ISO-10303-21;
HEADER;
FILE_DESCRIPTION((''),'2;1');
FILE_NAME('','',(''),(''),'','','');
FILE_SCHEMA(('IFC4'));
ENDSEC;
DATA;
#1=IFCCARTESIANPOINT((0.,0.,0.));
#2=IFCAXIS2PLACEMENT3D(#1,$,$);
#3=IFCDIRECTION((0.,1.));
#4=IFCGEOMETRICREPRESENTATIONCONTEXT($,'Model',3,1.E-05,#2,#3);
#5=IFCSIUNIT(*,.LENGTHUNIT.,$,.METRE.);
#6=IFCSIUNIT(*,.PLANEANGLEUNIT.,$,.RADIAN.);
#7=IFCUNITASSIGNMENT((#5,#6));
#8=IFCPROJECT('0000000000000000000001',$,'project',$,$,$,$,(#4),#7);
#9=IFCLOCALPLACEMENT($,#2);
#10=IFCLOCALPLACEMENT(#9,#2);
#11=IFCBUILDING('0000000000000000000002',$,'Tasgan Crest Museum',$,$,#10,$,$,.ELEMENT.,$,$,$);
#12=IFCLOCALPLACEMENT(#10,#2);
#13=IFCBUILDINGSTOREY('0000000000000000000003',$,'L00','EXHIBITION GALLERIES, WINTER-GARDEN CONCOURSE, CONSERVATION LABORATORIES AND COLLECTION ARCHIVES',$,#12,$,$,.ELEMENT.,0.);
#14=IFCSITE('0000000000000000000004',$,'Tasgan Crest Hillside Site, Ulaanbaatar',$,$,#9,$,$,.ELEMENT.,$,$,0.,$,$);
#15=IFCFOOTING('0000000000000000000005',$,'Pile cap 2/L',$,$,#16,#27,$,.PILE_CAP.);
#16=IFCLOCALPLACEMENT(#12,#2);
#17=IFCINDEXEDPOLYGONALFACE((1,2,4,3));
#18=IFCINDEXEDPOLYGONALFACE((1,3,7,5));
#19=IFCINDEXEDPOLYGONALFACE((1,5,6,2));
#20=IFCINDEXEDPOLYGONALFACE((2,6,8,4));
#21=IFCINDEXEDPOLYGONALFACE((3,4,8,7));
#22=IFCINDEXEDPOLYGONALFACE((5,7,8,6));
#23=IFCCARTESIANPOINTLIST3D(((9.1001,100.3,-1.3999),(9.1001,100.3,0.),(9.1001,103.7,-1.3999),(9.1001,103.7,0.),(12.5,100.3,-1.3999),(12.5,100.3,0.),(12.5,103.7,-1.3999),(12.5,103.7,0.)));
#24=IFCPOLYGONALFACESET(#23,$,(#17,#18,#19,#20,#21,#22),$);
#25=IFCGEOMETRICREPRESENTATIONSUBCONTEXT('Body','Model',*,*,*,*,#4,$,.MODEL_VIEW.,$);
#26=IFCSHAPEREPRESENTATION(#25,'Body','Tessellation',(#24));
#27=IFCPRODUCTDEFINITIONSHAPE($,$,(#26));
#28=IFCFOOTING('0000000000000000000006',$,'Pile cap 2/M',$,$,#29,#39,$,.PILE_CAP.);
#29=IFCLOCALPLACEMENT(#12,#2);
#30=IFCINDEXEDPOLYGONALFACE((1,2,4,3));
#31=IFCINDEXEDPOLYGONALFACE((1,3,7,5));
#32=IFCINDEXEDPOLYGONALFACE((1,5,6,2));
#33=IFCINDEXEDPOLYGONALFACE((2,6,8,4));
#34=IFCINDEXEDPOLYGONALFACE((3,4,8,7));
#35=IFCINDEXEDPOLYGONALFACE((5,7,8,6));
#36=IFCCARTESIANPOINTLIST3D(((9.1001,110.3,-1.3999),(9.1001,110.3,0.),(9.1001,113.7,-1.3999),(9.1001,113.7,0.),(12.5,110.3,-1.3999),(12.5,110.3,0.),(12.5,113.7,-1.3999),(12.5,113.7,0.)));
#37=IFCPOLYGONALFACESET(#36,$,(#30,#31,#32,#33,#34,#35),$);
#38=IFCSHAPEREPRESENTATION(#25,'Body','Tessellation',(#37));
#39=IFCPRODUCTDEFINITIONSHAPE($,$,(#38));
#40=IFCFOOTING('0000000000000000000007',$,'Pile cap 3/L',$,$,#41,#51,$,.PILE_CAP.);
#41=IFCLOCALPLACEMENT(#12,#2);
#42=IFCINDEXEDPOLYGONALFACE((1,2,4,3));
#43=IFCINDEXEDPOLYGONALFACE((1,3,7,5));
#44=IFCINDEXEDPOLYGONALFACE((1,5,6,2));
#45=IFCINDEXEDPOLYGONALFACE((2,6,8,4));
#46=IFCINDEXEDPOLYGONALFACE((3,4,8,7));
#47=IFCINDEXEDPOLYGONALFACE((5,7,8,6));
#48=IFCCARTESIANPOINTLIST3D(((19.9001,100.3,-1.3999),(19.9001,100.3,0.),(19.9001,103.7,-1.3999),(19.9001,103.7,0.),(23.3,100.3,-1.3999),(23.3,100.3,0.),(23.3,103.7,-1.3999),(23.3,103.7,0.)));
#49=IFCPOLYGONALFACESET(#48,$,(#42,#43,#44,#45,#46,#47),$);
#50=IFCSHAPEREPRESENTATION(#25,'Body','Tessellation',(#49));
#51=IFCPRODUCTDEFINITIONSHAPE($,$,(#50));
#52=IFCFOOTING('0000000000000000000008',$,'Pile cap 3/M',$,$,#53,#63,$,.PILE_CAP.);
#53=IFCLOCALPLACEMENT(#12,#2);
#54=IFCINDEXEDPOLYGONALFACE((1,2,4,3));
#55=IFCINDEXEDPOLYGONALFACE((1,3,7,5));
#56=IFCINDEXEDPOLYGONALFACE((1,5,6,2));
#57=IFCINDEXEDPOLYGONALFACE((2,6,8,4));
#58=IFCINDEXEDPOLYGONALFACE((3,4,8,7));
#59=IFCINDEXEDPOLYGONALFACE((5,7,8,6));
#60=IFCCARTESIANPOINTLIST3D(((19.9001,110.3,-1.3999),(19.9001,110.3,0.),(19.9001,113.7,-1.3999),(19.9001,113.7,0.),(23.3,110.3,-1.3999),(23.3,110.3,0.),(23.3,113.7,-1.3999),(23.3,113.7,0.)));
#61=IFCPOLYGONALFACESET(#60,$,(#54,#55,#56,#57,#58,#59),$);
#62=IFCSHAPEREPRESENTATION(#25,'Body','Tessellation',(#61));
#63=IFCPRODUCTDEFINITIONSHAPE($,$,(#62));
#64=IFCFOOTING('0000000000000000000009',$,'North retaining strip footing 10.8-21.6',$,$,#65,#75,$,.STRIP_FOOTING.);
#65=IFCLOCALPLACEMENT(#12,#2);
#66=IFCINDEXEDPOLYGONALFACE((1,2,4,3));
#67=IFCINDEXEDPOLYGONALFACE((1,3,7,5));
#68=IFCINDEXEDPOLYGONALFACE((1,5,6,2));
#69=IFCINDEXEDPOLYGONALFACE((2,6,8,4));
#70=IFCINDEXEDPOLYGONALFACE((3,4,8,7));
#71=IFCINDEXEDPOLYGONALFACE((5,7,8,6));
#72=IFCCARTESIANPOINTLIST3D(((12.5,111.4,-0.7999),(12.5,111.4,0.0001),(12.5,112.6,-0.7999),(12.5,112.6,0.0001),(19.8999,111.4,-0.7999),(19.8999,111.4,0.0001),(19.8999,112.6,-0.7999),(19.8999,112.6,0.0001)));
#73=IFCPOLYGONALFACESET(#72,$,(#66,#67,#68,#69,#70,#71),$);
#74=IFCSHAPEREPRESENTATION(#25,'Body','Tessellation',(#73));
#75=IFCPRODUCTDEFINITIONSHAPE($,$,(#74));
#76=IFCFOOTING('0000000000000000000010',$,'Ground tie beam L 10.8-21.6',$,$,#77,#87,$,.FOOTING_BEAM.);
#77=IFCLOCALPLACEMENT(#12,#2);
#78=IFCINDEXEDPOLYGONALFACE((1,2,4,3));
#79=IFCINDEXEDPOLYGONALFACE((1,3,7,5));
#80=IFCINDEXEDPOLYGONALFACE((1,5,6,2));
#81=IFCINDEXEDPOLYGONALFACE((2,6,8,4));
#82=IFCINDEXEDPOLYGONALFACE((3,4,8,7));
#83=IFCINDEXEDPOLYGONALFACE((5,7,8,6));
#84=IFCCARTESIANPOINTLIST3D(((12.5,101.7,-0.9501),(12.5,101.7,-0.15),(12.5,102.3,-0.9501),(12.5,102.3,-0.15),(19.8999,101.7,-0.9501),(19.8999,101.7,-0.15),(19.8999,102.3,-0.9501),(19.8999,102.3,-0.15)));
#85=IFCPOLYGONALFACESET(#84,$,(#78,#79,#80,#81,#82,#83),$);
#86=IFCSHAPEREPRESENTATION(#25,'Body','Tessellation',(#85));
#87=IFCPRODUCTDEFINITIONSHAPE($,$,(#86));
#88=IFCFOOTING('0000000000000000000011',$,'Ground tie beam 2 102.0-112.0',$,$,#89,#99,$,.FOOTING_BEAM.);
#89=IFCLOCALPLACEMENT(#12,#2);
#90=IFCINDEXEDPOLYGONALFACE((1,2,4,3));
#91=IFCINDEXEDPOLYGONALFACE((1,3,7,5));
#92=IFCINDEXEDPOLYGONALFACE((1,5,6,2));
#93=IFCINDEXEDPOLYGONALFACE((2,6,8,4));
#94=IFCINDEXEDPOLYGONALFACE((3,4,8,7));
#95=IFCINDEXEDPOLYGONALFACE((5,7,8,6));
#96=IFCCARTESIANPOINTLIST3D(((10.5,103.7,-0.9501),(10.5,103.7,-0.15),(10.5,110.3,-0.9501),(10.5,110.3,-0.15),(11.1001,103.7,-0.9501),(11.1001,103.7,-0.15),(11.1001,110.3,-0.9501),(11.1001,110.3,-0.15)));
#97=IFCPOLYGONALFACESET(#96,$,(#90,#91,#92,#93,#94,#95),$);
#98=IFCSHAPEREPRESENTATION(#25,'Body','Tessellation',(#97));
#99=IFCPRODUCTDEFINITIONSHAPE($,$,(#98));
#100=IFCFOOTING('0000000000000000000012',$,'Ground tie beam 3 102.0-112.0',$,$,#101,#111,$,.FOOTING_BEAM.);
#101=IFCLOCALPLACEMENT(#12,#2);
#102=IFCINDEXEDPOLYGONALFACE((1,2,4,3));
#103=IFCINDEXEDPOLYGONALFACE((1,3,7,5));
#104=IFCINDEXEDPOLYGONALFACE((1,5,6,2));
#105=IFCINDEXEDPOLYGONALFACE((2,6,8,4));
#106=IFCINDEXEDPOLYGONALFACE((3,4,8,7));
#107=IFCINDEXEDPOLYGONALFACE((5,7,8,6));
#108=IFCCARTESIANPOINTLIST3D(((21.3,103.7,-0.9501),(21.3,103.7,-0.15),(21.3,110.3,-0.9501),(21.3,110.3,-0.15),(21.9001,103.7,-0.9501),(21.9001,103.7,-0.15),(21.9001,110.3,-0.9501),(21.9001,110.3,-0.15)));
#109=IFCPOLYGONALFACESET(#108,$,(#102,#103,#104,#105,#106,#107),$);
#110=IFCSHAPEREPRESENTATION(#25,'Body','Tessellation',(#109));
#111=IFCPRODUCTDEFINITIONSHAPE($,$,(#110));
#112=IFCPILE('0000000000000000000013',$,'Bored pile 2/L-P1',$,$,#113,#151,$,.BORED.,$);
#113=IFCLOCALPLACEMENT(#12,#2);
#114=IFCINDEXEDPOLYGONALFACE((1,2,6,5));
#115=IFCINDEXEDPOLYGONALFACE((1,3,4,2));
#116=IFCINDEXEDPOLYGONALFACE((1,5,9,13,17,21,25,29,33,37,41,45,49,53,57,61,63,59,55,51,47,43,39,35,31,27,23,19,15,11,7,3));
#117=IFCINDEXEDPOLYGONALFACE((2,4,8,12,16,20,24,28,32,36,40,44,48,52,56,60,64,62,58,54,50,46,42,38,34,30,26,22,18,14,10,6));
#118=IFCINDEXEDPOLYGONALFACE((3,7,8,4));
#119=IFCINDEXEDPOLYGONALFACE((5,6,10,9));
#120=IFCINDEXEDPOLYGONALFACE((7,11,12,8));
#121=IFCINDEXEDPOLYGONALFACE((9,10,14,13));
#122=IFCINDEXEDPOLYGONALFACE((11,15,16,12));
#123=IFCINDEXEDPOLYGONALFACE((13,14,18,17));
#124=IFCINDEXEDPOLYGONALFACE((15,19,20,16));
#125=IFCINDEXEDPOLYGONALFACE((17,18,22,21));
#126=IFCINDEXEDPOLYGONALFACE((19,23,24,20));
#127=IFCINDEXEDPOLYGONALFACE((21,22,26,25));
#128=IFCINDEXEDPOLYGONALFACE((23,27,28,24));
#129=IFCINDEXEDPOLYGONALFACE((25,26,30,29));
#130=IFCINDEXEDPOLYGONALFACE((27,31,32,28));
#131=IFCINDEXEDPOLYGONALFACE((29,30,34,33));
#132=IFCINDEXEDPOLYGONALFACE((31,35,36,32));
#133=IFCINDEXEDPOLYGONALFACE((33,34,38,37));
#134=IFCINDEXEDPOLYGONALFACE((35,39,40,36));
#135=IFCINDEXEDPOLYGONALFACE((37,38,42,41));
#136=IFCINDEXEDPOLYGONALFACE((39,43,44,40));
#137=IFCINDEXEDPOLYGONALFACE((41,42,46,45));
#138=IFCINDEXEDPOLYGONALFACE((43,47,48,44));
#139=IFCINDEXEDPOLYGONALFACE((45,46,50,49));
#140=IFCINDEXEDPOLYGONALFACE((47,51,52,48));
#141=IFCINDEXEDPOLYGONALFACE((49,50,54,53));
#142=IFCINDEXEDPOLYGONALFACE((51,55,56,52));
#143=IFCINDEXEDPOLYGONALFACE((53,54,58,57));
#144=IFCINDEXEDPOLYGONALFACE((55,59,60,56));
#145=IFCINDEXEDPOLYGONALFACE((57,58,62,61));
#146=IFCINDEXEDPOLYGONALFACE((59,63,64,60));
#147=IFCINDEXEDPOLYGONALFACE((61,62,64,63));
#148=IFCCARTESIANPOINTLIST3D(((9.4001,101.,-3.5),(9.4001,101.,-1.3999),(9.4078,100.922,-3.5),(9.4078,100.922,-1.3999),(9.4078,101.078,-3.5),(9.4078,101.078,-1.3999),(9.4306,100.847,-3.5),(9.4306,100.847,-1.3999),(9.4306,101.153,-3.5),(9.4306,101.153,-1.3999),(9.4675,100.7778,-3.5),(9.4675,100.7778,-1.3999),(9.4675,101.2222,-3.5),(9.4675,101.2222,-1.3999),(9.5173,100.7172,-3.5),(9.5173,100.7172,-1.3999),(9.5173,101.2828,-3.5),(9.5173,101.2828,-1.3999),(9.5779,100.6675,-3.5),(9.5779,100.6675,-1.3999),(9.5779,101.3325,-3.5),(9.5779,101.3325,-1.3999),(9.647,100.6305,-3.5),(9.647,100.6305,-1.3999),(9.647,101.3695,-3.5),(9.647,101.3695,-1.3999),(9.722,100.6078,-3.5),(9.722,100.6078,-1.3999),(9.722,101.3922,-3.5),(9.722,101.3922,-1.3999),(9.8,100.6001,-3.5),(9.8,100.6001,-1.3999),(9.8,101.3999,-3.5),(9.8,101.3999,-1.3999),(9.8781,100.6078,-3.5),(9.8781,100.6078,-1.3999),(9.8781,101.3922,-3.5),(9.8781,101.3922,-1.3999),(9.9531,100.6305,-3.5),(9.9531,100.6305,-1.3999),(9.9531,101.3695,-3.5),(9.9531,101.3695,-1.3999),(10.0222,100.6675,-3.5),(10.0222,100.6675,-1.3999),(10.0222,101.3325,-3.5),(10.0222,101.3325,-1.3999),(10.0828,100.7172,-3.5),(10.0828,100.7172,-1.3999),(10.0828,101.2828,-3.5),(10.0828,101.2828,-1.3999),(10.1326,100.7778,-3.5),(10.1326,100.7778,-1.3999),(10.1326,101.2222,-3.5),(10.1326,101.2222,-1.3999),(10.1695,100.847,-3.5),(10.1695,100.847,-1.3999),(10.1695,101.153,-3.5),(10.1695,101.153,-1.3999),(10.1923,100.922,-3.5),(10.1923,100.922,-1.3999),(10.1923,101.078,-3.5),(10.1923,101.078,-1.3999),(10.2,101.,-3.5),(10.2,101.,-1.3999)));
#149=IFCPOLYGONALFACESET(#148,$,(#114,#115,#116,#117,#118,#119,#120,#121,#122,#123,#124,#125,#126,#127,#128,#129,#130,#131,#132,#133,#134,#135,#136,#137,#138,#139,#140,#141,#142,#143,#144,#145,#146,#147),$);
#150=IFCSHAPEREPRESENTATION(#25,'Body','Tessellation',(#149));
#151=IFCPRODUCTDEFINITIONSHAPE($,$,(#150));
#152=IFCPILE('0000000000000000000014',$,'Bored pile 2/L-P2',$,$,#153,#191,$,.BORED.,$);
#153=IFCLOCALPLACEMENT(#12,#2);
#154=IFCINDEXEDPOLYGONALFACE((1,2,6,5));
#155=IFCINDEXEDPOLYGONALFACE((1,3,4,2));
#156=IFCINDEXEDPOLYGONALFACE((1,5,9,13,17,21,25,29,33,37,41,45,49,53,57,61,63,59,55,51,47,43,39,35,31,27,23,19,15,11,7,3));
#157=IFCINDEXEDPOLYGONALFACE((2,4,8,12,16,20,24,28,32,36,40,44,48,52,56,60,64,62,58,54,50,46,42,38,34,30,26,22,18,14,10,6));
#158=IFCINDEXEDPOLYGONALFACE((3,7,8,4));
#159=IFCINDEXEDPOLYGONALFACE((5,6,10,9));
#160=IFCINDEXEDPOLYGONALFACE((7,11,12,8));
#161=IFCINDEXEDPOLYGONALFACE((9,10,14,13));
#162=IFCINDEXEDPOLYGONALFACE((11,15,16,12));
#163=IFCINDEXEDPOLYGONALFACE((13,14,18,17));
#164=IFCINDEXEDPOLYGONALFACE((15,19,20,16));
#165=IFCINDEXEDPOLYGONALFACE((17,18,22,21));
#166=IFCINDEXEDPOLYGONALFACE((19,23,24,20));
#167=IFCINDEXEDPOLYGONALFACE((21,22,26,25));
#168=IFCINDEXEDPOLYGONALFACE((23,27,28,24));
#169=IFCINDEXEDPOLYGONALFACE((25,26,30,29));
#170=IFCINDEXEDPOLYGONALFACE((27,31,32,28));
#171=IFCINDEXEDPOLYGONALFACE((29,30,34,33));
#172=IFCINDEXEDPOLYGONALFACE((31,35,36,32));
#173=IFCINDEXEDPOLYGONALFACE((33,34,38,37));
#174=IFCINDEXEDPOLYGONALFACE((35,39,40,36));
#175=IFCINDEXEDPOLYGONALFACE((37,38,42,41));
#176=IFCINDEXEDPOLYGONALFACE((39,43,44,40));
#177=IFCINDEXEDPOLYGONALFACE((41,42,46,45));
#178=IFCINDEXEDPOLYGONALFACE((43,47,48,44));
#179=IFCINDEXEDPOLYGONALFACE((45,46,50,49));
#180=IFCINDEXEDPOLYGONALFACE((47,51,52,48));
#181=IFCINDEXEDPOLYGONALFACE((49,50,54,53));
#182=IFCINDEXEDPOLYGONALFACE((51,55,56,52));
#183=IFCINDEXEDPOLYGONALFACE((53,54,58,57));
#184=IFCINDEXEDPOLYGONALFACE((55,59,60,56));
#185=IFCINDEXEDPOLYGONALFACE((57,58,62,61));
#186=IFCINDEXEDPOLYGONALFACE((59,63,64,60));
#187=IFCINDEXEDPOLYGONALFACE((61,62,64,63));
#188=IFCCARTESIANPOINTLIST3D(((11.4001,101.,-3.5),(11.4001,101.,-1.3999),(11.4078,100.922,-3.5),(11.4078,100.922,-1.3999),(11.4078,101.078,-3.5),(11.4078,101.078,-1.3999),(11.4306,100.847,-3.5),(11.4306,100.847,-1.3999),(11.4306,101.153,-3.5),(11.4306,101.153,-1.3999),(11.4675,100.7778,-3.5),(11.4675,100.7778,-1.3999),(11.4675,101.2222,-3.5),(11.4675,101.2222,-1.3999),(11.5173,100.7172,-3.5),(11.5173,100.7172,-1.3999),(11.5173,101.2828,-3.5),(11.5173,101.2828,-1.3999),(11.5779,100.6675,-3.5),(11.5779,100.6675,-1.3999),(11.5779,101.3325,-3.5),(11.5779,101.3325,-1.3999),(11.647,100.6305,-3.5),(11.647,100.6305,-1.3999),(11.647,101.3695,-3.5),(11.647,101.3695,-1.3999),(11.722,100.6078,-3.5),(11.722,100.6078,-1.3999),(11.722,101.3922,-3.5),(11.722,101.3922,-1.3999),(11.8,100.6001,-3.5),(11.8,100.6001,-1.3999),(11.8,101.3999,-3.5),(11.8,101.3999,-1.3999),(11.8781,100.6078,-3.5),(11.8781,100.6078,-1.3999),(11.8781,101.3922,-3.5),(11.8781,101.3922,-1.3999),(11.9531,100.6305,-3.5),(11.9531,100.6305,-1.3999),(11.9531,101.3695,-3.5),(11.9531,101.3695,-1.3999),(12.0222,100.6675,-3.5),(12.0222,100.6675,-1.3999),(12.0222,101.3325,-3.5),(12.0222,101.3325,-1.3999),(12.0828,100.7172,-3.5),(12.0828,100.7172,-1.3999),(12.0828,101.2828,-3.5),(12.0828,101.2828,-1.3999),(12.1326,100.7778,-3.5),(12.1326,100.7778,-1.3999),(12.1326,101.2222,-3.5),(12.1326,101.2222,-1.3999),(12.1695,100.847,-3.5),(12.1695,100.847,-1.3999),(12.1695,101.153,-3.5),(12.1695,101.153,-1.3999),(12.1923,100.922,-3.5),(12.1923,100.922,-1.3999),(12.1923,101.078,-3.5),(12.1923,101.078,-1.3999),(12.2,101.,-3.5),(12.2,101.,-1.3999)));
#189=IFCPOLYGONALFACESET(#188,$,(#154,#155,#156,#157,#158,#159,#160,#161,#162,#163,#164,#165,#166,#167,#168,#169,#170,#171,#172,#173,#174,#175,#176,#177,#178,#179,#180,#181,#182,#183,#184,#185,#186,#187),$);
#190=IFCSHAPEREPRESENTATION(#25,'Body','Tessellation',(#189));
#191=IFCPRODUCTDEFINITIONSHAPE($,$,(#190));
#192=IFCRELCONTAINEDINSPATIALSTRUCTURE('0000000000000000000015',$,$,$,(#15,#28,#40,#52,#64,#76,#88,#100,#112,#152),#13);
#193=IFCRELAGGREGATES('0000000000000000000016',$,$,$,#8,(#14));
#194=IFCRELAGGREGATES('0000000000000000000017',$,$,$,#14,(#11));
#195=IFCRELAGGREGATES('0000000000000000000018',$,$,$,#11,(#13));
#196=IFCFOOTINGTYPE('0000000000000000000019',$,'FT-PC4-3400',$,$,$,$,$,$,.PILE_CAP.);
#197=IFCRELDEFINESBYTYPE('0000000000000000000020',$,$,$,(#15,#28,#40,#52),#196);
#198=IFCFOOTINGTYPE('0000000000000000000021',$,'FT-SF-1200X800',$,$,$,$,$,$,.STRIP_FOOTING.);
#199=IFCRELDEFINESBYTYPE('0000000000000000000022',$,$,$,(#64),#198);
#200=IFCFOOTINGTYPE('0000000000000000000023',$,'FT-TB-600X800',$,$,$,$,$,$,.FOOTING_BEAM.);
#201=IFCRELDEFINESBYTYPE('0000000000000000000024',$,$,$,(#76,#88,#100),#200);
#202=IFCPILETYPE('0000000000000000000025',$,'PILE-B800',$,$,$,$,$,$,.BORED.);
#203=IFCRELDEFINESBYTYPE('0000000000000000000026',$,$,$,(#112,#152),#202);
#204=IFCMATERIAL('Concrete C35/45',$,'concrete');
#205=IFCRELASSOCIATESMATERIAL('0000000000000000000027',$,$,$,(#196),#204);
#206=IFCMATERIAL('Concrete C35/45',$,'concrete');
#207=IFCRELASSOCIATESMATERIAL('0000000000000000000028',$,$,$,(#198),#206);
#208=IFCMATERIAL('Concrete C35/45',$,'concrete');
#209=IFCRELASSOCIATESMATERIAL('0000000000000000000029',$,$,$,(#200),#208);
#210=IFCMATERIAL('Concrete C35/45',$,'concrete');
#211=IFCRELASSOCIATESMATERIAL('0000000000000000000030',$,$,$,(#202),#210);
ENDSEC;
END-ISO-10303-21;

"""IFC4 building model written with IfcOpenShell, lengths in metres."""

from ifc_helpers import new_model, si_unit, direction, frame, origin, origin_2d, place, context, subcontext, project, spatial, rectangle, circle, extrude, material, material_profile, profile_set, type_object, element, save


model = new_model("IFC4")

# Units and contexts
model_context = context("Model", 3, precision=1e-05, world=origin(), true_north=direction((0.0, 1.0)))
body_context = subcontext(model_context, "Body", "Model", "MODEL_VIEW")
ifc_project = project(units=[si_unit("LENGTHUNIT", "METRE"), si_unit("PLANEANGLEUNIT", "RADIAN")], contexts=[model_context])

# Site, building, storey
site_placement = place(None, origin())
site = spatial("IfcSite", under=ifc_project, at=site_placement, Name="Tasgan Crest Hillside Site, Ulaanbaatar", CompositionType="ELEMENT", RefElevation=0.0)
building_placement = place(site_placement, origin())
building = spatial("IfcBuilding", under=site, at=building_placement, Name="Tasgan Crest Museum", CompositionType="ELEMENT")
storey_placement = place(building_placement, origin())
storey = spatial("IfcBuildingStorey", under=building, at=storey_placement, Name="L00", Description="EXHIBITION GALLERIES, WINTER-GARDEN CONCOURSE, CONSERVATION LABORATORIES AND COLLECTION ARCHIVES", CompositionType="ELEMENT", Elevation=0.0)

# Footings
ifc_material_1 = material(Name="Concrete C35/45", Category="concrete")
footing_type_1 = type_object("IfcFootingType", Name="FT-PC4-3400", PredefinedType="PILE_CAP", material=ifc_material_1)
for number, where, z_axis, x_axis, name in (
    (1, (10.8, 102.0, -1.3999), (0.0, 0.0, 1.0), (1.0, 0.0, 0.0), "Pile cap 2/L"),
    (2, (10.8, 112.0, -1.3999), (0.0, 0.0, 1.0), (1.0, 0.0, 0.0), "Pile cap 2/M"),
    (3, (21.6001, 102.0, -1.3999), (0.0, 0.0, 1.0), (1.0, 0.0, 0.0), "Pile cap 3/L"),
    (4, (21.6001, 112.0, -1.3999), (0.0, 0.0, 1.0), (1.0, 0.0, 0.0), "Pile cap 3/M"),
):
    element("IfcFooting", number, at=place(storey_placement, frame(where, z_axis=z_axis, x_axis=x_axis)), inside=storey, type_object=footing_type_1, Name=name, PredefinedType="PILE_CAP", context=body_context, shape_type="SweptSolid", body=[
        extrude(rectangle(XDim=3.3999, YDim=3.3999, at=origin_2d()), origin(), (0.0, 0.0, 1.0), 1.3999),
    ])
ifc_material_2 = material(Name="Concrete C35/45", Category="concrete")
ifc_material_profile_1 = material_profile(ifc_material_2, rectangle(XDim=1.2, YDim=0.8, at=origin_2d()), Name="SF 1200x800")
ifc_profile_set_1 = profile_set([ifc_material_profile_1], Name="Concrete C35/45")
footing_type_2 = type_object("IfcFootingType", Name="FT-SF-1200X800", PredefinedType="STRIP_FOOTING", material=ifc_profile_set_1)
footing_1_placement = place(storey_placement, frame((12.5, 112.0, -0.3999), z_axis=(1.0, 0.0, 0.0), x_axis=(0.0, 1.0, 0.0)))
element("IfcFooting", 5, at=footing_1_placement, inside=storey, type_object=footing_type_2, Name="North retaining strip footing 10.8-21.6", PredefinedType="STRIP_FOOTING", context=body_context, shape_type="SweptSolid", body=[
    extrude(rectangle(XDim=1.2, YDim=0.8, at=origin_2d()), origin(), (0.0, 0.0, 1.0), 7.3999),
])
ifc_material_3 = material(Name="Concrete C35/45", Category="concrete")
ifc_material_profile_2 = material_profile(ifc_material_3, rectangle(XDim=0.6001, YDim=0.8, at=origin_2d()), Name="TB 600x800")
ifc_profile_set_2 = profile_set([ifc_material_profile_2], Name="Concrete C35/45")
footing_type_3 = type_object("IfcFootingType", Name="FT-TB-600X800", PredefinedType="FOOTING_BEAM", material=ifc_profile_set_2)
footing_2_placement = place(storey_placement, frame((12.5, 102.0, -0.55), z_axis=(1.0, 0.0, 0.0), x_axis=(0.0, 1.0, 0.0)))
element("IfcFooting", 6, at=footing_2_placement, inside=storey, type_object=footing_type_3, Name="Ground tie beam L 10.8-21.6", PredefinedType="FOOTING_BEAM", context=body_context, shape_type="SweptSolid", body=[
    extrude(rectangle(XDim=0.6001, YDim=0.8, at=origin_2d()), origin(), (0.0, 0.0, 1.0), 7.3999),
])
for number, where, z_axis, x_axis, name in (
    (7, (10.8, 103.7, -0.55), (0.0, 1.0, 0.0), (-1.0, 0.0, 0.0), "Ground tie beam 2 102.0-112.0"),
    (8, (21.6001, 103.7, -0.55), (0.0, 1.0, 0.0), (-1.0, 0.0, 0.0), "Ground tie beam 3 102.0-112.0"),
):
    element("IfcFooting", number, at=place(storey_placement, frame(where, z_axis=z_axis, x_axis=x_axis)), inside=storey, type_object=footing_type_3, Name=name, PredefinedType="FOOTING_BEAM", context=body_context, shape_type="SweptSolid", body=[
        extrude(rectangle(XDim=0.6001, YDim=0.8, at=origin_2d()), origin(), (0.0, 0.0, 1.0), 6.6001),
    ])

# Piles
ifc_material_4 = material(Name="Concrete C35/45", Category="concrete")
ifc_material_profile_3 = material_profile(ifc_material_4, circle(Radius=0.3999, at=origin_2d()), Name="PILE D800")
ifc_profile_set_3 = profile_set([ifc_material_profile_3], Name="Concrete C35/45")
pile_type = type_object("IfcPileType", Name="PILE-B800", PredefinedType="BORED", material=ifc_profile_set_3)
for number, where, z_axis, x_axis, name in (
    (9, (9.8, 101.0, -1.3999), (0.0, 0.0, -1.0), (1.0, 0.0, 0.0), "Bored pile 2/L-P1"),
    (10, (11.8, 101.0, -1.3999), (0.0, 0.0, -1.0), (1.0, 0.0, 0.0), "Bored pile 2/L-P2"),
):
    element("IfcPile", number, at=place(storey_placement, frame(where, z_axis=z_axis, x_axis=x_axis)), inside=storey, type_object=pile_type, Name=name, PredefinedType="BORED", context=body_context, shape_type="SweptSolid", body=[
        extrude(circle(Radius=0.3999, at=origin_2d()), origin(), (0.0, 0.0, 1.0), 2.1001),
    ])

save(model, "model.ifc")
